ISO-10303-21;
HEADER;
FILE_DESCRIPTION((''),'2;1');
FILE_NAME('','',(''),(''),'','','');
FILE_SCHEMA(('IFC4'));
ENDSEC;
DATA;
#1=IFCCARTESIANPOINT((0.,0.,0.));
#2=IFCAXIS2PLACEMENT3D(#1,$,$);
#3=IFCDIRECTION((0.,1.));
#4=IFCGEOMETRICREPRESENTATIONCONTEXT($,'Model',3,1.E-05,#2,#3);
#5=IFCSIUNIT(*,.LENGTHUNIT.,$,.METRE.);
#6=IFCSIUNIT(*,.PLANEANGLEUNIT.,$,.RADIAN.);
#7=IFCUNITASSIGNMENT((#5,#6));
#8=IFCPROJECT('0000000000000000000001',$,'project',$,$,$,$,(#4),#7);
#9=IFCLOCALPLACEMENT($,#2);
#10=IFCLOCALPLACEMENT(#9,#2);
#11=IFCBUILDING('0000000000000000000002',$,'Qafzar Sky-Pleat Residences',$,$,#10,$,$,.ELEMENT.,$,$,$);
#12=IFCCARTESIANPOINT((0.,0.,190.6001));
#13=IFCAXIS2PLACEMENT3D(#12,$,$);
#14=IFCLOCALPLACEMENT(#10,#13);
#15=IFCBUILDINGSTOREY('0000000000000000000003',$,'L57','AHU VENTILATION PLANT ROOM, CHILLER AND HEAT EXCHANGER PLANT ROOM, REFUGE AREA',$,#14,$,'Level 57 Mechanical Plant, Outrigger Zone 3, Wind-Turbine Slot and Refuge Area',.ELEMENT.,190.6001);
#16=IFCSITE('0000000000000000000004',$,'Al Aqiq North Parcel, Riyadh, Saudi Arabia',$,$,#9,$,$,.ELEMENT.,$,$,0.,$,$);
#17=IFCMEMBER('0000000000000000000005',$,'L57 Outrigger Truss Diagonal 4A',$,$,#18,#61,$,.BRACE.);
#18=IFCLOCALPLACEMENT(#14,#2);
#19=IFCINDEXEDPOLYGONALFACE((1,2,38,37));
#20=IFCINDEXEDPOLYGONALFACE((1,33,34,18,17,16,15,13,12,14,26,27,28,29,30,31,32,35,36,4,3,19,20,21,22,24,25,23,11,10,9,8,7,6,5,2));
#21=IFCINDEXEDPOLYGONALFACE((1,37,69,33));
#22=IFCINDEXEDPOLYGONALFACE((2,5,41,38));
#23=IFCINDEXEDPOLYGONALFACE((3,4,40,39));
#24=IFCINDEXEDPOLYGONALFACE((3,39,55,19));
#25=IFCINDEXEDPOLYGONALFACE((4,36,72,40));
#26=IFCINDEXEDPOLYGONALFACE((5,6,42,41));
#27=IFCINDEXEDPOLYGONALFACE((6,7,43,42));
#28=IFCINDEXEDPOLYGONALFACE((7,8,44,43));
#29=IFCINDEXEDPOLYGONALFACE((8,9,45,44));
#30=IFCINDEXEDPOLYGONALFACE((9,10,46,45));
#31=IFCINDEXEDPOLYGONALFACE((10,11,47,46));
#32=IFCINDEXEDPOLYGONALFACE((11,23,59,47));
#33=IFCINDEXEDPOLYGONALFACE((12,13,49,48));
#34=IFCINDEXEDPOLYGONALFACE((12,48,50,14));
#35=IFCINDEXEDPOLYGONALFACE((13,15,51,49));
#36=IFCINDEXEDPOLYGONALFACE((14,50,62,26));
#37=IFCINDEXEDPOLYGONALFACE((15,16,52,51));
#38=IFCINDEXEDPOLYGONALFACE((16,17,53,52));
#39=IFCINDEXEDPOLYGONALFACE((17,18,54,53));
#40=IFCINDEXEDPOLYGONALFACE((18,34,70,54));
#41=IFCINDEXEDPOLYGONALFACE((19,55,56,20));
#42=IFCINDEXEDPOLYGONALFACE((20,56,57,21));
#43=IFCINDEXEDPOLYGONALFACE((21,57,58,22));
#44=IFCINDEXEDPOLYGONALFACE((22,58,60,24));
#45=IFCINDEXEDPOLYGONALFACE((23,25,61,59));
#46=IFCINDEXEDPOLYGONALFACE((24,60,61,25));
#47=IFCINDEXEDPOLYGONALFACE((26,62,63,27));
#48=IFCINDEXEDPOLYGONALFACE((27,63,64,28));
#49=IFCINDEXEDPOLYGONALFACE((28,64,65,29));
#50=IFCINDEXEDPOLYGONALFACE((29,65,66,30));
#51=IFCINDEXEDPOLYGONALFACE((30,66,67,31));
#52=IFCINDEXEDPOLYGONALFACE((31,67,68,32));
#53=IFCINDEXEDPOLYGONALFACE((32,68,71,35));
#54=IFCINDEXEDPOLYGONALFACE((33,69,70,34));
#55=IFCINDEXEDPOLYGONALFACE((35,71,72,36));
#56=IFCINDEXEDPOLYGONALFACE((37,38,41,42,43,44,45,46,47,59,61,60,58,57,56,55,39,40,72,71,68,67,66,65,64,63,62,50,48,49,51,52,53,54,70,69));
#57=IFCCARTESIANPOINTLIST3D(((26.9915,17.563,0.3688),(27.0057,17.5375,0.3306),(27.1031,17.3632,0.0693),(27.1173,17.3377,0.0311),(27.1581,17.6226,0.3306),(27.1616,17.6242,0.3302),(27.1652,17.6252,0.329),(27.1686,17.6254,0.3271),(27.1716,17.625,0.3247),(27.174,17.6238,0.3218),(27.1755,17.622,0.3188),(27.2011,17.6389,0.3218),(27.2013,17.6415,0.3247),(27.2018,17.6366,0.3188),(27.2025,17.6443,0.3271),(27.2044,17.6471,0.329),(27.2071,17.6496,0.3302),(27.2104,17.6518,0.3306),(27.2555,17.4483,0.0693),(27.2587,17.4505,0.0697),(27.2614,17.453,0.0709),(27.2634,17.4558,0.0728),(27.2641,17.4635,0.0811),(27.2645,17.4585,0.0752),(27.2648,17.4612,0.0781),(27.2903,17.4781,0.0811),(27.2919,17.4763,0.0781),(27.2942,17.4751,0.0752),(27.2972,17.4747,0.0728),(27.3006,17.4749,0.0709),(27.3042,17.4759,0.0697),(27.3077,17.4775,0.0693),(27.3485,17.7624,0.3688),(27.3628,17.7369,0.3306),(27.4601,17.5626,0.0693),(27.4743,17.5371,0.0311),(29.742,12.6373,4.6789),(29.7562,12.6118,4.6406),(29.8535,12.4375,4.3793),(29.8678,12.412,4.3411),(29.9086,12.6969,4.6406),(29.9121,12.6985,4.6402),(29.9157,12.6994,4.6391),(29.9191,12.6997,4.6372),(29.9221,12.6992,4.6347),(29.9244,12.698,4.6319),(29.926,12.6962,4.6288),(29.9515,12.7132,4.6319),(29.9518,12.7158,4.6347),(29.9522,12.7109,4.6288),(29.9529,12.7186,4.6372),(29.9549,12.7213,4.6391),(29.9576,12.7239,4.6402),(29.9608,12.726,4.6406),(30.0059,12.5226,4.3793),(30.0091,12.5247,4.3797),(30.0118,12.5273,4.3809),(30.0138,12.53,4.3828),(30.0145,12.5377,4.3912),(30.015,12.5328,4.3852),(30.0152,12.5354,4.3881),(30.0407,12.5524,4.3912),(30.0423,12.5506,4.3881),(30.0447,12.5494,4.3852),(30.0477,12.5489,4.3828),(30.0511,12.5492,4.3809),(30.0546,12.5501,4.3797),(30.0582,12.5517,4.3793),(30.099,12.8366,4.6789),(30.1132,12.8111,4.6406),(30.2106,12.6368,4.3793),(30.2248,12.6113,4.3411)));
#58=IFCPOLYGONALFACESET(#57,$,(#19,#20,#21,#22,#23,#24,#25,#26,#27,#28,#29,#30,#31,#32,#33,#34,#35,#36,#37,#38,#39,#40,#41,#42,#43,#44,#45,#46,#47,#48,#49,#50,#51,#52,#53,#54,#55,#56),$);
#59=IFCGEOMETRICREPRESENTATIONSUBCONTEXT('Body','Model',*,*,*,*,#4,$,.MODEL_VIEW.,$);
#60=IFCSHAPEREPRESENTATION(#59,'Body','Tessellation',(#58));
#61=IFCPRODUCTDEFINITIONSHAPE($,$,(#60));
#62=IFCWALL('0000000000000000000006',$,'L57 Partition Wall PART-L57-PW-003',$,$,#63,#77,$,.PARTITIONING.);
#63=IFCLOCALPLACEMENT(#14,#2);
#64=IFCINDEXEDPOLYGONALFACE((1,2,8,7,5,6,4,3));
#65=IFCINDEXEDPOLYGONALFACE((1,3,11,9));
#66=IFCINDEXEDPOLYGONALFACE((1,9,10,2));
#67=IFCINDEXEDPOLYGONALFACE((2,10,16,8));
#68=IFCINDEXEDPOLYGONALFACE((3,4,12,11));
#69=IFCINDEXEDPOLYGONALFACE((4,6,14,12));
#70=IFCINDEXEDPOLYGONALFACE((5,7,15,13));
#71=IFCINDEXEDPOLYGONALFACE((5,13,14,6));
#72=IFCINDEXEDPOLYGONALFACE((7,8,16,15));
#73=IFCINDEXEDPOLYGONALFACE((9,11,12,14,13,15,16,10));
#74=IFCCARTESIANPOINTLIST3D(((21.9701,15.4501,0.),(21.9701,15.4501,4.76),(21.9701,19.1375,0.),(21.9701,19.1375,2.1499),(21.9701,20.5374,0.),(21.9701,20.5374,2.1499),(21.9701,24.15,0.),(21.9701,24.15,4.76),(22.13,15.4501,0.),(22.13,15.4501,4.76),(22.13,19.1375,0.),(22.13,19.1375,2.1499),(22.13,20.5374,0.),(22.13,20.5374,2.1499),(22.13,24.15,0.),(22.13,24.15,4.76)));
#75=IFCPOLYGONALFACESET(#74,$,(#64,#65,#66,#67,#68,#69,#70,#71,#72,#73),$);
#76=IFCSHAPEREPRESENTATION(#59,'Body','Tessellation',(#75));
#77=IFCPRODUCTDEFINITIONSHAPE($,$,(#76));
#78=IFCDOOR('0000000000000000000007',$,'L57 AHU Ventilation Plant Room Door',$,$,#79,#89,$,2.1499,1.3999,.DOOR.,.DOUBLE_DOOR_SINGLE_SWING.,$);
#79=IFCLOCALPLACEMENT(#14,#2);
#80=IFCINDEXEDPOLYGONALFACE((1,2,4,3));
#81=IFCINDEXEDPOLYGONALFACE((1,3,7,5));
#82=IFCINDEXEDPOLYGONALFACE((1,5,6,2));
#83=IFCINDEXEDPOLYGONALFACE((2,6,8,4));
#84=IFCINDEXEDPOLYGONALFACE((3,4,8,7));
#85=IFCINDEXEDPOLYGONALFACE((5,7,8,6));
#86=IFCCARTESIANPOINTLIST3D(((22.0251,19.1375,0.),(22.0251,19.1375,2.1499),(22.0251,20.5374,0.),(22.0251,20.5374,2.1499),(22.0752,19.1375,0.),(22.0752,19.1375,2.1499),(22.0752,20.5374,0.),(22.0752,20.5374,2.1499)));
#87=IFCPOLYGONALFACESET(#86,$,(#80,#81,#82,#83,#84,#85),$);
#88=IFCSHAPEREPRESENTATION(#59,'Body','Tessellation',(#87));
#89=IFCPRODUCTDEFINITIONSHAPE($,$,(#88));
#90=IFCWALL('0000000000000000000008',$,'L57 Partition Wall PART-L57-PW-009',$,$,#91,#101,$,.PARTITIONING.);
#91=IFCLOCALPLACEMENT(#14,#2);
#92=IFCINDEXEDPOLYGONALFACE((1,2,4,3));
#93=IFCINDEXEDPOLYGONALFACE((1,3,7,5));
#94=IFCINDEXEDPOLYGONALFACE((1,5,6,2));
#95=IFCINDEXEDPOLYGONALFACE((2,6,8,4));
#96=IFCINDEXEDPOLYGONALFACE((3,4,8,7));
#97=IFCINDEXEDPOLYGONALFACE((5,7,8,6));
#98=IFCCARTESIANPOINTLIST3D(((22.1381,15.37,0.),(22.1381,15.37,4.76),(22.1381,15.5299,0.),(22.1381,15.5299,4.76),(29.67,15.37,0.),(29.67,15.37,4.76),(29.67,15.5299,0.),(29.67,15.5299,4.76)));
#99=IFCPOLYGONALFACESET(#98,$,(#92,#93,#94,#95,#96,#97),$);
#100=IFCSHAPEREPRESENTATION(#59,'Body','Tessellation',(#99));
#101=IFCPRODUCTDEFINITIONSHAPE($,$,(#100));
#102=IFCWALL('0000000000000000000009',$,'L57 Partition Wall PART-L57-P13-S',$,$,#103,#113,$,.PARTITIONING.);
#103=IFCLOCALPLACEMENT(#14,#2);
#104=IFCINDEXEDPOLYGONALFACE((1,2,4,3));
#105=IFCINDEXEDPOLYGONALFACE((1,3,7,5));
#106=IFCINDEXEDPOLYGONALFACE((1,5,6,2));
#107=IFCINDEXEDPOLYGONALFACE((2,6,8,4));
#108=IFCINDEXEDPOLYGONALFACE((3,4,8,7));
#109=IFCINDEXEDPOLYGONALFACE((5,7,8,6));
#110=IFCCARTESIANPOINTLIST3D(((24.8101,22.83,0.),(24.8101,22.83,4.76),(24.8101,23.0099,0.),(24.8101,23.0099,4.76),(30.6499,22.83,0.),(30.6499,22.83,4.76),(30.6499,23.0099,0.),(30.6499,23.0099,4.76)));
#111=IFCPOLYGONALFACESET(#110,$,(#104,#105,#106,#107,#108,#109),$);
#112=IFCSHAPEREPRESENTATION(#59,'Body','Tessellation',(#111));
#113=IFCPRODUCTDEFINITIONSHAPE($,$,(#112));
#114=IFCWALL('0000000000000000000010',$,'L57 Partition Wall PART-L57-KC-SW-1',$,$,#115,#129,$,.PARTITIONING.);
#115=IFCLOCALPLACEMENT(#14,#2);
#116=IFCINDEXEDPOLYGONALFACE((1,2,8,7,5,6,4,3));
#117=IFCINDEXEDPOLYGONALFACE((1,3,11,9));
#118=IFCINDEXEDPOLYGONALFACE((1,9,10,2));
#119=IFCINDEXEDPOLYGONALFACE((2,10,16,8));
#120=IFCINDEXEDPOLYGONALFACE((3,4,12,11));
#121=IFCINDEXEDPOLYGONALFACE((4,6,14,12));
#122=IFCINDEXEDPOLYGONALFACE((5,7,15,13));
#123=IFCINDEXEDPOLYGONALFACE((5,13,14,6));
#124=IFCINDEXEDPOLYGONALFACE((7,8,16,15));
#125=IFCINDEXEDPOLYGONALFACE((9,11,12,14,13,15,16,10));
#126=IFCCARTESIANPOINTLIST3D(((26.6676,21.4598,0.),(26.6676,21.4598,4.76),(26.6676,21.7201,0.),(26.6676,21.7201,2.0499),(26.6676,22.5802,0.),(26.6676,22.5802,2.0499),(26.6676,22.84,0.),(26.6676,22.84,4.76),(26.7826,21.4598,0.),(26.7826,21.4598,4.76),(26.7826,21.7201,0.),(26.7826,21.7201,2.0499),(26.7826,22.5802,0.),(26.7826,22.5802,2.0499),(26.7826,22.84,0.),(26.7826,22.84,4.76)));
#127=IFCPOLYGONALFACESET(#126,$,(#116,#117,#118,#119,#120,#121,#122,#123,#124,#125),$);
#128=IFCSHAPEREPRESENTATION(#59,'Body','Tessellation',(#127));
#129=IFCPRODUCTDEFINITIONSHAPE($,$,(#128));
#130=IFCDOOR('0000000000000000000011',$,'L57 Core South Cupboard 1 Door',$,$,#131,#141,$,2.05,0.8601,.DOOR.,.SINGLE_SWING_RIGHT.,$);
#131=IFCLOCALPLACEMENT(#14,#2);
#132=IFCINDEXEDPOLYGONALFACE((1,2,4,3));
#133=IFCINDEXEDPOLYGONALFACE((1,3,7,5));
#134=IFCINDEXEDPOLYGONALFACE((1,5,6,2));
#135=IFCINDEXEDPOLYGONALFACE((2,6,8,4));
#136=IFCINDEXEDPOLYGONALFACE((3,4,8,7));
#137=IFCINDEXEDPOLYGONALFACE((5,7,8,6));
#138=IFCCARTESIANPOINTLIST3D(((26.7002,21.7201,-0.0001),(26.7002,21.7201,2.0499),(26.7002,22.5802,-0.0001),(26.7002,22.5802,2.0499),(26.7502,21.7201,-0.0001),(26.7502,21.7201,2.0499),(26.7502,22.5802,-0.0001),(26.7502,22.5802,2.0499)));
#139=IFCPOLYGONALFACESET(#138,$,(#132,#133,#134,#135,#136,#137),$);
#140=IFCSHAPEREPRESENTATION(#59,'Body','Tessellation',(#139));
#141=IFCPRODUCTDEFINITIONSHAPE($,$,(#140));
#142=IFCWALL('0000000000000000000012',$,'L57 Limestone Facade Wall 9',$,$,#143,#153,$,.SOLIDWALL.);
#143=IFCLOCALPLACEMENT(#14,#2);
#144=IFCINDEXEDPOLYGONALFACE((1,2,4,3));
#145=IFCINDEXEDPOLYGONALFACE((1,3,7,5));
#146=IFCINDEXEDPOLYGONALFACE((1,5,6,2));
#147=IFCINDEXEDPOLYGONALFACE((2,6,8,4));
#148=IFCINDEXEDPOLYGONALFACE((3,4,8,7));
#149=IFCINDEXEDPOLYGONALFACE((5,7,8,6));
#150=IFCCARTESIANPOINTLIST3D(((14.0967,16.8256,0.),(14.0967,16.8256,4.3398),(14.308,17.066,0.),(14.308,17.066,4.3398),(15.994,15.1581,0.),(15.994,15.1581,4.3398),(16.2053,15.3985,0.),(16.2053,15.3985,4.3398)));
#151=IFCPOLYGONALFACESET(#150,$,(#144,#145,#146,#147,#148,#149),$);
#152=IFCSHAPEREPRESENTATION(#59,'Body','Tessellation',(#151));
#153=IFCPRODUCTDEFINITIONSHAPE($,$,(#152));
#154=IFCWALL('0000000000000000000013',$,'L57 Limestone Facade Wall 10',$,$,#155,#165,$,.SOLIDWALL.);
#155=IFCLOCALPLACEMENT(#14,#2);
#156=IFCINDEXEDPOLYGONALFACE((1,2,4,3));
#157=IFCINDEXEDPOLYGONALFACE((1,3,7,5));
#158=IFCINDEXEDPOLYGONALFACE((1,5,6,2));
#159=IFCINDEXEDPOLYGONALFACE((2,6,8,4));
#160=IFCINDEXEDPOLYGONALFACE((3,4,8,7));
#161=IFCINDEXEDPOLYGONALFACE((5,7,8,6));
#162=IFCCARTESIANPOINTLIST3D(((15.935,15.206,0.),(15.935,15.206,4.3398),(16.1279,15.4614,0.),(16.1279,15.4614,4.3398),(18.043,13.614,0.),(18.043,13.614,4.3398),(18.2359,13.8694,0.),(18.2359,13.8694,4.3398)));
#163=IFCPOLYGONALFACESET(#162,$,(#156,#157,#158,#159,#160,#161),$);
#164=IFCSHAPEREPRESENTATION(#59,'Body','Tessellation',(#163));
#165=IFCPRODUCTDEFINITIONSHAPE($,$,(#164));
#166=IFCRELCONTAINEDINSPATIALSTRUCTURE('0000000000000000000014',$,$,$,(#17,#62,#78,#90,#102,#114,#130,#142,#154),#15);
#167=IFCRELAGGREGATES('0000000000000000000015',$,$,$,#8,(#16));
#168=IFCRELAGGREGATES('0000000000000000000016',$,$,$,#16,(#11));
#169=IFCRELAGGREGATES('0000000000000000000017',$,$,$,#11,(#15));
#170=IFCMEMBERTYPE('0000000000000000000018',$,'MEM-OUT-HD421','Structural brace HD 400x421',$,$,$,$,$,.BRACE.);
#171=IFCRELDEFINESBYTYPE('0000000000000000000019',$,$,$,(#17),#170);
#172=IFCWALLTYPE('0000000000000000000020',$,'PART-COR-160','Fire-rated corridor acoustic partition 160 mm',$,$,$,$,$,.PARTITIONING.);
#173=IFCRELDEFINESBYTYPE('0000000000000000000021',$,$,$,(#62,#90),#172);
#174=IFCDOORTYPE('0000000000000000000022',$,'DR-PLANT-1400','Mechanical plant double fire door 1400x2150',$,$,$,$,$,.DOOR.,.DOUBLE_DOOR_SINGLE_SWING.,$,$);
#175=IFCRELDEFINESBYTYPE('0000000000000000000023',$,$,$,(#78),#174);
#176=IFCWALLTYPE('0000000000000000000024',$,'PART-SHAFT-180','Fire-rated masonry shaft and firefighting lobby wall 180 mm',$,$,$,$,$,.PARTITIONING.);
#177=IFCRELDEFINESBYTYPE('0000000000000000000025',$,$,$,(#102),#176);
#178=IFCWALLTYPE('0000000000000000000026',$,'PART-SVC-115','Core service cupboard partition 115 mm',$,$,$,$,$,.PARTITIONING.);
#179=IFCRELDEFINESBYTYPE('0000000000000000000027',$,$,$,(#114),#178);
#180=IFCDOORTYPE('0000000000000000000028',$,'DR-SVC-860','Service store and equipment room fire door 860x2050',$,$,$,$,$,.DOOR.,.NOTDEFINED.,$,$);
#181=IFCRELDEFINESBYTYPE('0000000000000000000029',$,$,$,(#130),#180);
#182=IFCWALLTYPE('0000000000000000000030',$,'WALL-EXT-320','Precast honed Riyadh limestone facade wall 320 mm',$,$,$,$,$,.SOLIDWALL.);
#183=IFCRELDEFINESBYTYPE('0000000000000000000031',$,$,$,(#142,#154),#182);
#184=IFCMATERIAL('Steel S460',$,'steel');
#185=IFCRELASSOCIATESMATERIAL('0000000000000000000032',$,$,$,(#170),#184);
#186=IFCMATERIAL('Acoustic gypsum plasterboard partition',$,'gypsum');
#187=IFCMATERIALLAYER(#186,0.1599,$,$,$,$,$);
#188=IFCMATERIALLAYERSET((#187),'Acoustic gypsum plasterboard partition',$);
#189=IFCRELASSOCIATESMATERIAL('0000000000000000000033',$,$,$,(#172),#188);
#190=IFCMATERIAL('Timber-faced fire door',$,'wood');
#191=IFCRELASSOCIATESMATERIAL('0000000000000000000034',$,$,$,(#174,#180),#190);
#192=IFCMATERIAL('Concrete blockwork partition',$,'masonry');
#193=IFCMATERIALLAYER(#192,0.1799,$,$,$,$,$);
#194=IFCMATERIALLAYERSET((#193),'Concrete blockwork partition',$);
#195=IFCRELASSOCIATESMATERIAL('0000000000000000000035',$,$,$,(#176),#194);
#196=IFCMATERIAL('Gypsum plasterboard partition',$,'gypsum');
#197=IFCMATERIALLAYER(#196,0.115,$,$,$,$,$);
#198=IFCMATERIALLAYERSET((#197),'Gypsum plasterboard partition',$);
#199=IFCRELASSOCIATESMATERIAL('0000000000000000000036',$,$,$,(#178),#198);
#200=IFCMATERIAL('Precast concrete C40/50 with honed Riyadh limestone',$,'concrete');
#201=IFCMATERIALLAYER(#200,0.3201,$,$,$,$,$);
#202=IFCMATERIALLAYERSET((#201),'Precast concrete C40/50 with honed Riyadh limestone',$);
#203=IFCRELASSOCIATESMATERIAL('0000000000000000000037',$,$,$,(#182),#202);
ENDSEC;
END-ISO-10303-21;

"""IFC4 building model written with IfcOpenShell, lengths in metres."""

from ifc_helpers import new_model, si_unit, direction, frame, frame_2d, origin, origin_2d, place, context, subcontext, project, spatial, rectangle, i_section, extrude, source, transform, mapped, material, layer, layer_set, material_profile, profile_set, type_object, element, fill, save


model = new_model("IFC4")

# Units and contexts
model_context = context("Model", 3, precision=1e-05, world=origin(), true_north=direction((0.0, 1.0)))
body_context = subcontext(model_context, "Body", "Model", "MODEL_VIEW")
ifc_project = project(units=[si_unit("LENGTHUNIT", "METRE"), si_unit("PLANEANGLEUNIT", "RADIAN")], contexts=[model_context])

# Site, building, storey
site_placement = place(None, origin())
site = spatial("IfcSite", under=ifc_project, at=site_placement, Name="Al Aqiq North Parcel, Riyadh, Saudi Arabia", CompositionType="ELEMENT", RefElevation=0.0)
building_placement = place(site_placement, origin())
building = spatial("IfcBuilding", under=site, at=building_placement, Name="Qafzar Sky-Pleat Residences", CompositionType="ELEMENT")
storey_placement = place(building_placement, frame((0.0, 0.0, 190.6001)))
storey = spatial("IfcBuildingStorey", under=building, at=storey_placement, Name="L57", Description="AHU VENTILATION PLANT ROOM, CHILLER AND HEAT EXCHANGER PLANT ROOM, REFUGE AREA", LongName="Level 57 Mechanical Plant, Outrigger Zone 3, Wind-Turbine Slot and Refuge Area", CompositionType="ELEMENT", Elevation=190.6001)

# Member
ifc_material_1 = material(Name="Steel S460", Category="steel")
ifc_material_profile_1 = material_profile(ifc_material_1, i_section(OverallWidth=0.4089, OverallDepth=0.425, WebThickness=0.03, FlangeThickness=0.0481, FilletRadius=0.0149, at=origin_2d()), Name="HD 400x421")
ifc_profile_set_1 = profile_set([ifc_material_profile_1], Name="Steel S460")
member_type = type_object("IfcMemberType", Name="MEM-OUT-HD421", Description="Structural brace HD 400x421", PredefinedType="BRACE", material=ifc_profile_set_1)
shared_shape_1 = source(origin(), body_context, "Body", "SweptSolid", [
    extrude(i_section(OverallWidth=0.4089, OverallDepth=0.425, WebThickness=0.03, FlangeThickness=0.0481, FilletRadius=0.0149, at=origin_2d()), origin(), (0.0, 0.0, 1.0), 7.0996),
])
member_placement = place(storey_placement, frame((27.2329, 17.55, 0.2), z_axis=(0.387411, -0.693806, 0.60708), x_axis=(0.873106, 0.48753, 0.0)))
element("IfcMember", 1, at=member_placement, inside=storey, type_object=member_type, Name="L57 Outrigger Truss Diagonal 4A", PredefinedType="BRACE", context=body_context, shape_type="MappedRepresentation", body=[
    mapped(shared_shape_1, transform((0.0, 0.0, 0.0), x_axis=(1.0, 0.0, 0.0), y_axis=(0.0, 1.0, 0.0), z_axis=(0.0, 0.0, 1.0), scale=1.0)),
])

# Wall, opening, door
ifc_material_2 = material(Name="Acoustic gypsum plasterboard partition", Category="gypsum")
ifc_layer_1 = layer(ifc_material_2, 0.1599)
ifc_layer_set_1 = layer_set([ifc_layer_1], Name="Acoustic gypsum plasterboard partition")
wall_type_1 = type_object("IfcWallType", Name="PART-COR-160", Description="Fire-rated corridor acoustic partition 160 mm", PredefinedType="PARTITIONING", material=ifc_layer_set_1)
wall_1_placement = place(storey_placement, frame((22.05, 15.45, 0.0), z_axis=(0.0, 0.0, 1.0), x_axis=(0.0, 1.0, 0.0)))
wall_1 = element("IfcWall", 2, at=wall_1_placement, inside=storey, type_object=wall_type_1, Name="L57 Partition Wall PART-L57-PW-003", PredefinedType="PARTITIONING", context=body_context, shape_type="SweptSolid", body=[
    extrude(rectangle(XDim=8.7, YDim=0.1599, at=frame_2d((4.3501, 0.0))), origin(), (0.0, 0.0, 1.0), 4.76),
])
opening_1_placement = place(wall_1_placement, frame((3.6875, 0.0, 0.0)))
opening_1 = element("IfcOpeningElement", 3, at=opening_1_placement, cuts=wall_1, PredefinedType="OPENING", context=body_context, shape_type="SweptSolid", body=[
    extrude(rectangle(XDim=1.3999, YDim=2.1499, at=frame_2d((0.7, 1.075))), frame((0.0, 0.0898, 0.0), z_axis=(0.0, -1.0, 0.0), x_axis=(1.0, 0.0, 0.0)), (0.0, 0.0, 1.0), 0.1799),
])
ifc_material_3 = material(Name="Timber-faced fire door", Category="wood")
door_type_1 = type_object("IfcDoorType", Name="DR-PLANT-1400", Description="Mechanical plant double fire door 1400x2150", OperationType="DOUBLE_DOOR_SINGLE_SWING", PredefinedType="DOOR", material=ifc_material_3)
shared_shape_2 = source(origin(), body_context, "Body", "SweptSolid", [
    extrude(rectangle(XDim=1.3999, YDim=2.1499, at=frame_2d((0.7, 1.075))), frame((0.0, 0.0249, 0.0), z_axis=(0.0, -1.0, 0.0), x_axis=(1.0, 0.0, 0.0)), (0.0, 0.0, 1.0), 0.05),
])
door_1_placement = place(opening_1_placement, origin())
door_1 = element("IfcDoor", 4, at=door_1_placement, inside=storey, type_object=door_type_1, Name="L57 AHU Ventilation Plant Room Door", OperationType="DOUBLE_DOOR_SINGLE_SWING", OverallHeight=2.1499, OverallWidth=1.3999, PredefinedType="DOOR", context=body_context, shape_type="MappedRepresentation", body=[
    mapped(shared_shape_2, transform((0.0, 0.0, 0.0), x_axis=(1.0, 0.0, 0.0), y_axis=(0.0, 1.0, 0.0), z_axis=(0.0, 0.0, 1.0), scale=1.0)),
])
fill(opening_1, door_1)

# Walls
wall_2_placement = place(storey_placement, frame((22.1379, 15.45, 0.0), z_axis=(0.0, 0.0, 1.0), x_axis=(1.0, 0.0, 0.0)))
element("IfcWall", 5, at=wall_2_placement, inside=storey, type_object=wall_type_1, Name="L57 Partition Wall PART-L57-PW-009", PredefinedType="PARTITIONING", context=body_context, shape_type="SweptSolid", body=[
    extrude(rectangle(XDim=7.532, YDim=0.1599, at=frame_2d((3.7661, 0.0))), origin(), (0.0, 0.0, 1.0), 4.76),
])
ifc_material_4 = material(Name="Concrete blockwork partition", Category="masonry")
ifc_layer_2 = layer(ifc_material_4, 0.1799)
ifc_layer_set_2 = layer_set([ifc_layer_2], Name="Concrete blockwork partition")
wall_type_2 = type_object("IfcWallType", Name="PART-SHAFT-180", Description="Fire-rated masonry shaft and firefighting lobby wall 180 mm", PredefinedType="PARTITIONING", material=ifc_layer_set_2)
wall_3_placement = place(storey_placement, frame((24.8101, 22.9199, 0.0), z_axis=(0.0, 0.0, 1.0), x_axis=(1.0, 0.0, 0.0)))
element("IfcWall", 6, at=wall_3_placement, inside=storey, type_object=wall_type_2, Name="L57 Partition Wall PART-L57-P13-S", PredefinedType="PARTITIONING", context=body_context, shape_type="SweptSolid", body=[
    extrude(rectangle(XDim=5.8398, YDim=0.1799, at=frame_2d((2.9199, 0.0))), origin(), (0.0, 0.0, 1.0), 4.76),
])

# Wall, opening, door
ifc_material_5 = material(Name="Gypsum plasterboard partition", Category="gypsum")
ifc_layer_3 = layer(ifc_material_5, 0.115)
ifc_layer_set_3 = layer_set([ifc_layer_3], Name="Gypsum plasterboard partition")
wall_type_3 = type_object("IfcWallType", Name="PART-SVC-115", Description="Core service cupboard partition 115 mm", PredefinedType="PARTITIONING", material=ifc_layer_set_3)
wall_4_placement = place(storey_placement, frame((26.7251, 21.46, 0.0), z_axis=(0.0, 0.0, 1.0), x_axis=(0.0, 1.0, 0.0)))
wall_4 = element("IfcWall", 7, at=wall_4_placement, inside=storey, type_object=wall_type_3, Name="L57 Partition Wall PART-L57-KC-SW-1", PredefinedType="PARTITIONING", context=body_context, shape_type="SweptSolid", body=[
    extrude(rectangle(XDim=1.3801, YDim=0.115, at=frame_2d((0.6899, 0.0))), origin(), (0.0, 0.0, 1.0), 4.76),
])
opening_2_placement = place(wall_4_placement, frame((0.26, 0.0, 0.0)))
opening_2 = element("IfcOpeningElement", 8, at=opening_2_placement, cuts=wall_4, PredefinedType="OPENING", context=body_context, shape_type="SweptSolid", body=[
    extrude(rectangle(XDim=0.8601, YDim=2.05, at=frame_2d((0.4302, 1.0249))), frame((0.0, 0.0674, 0.0), z_axis=(0.0, -1.0, 0.0), x_axis=(1.0, 0.0, 0.0)), (0.0, 0.0, 1.0), 0.135),
])
door_type_2 = type_object("IfcDoorType", Name="DR-SVC-860", Description="Service store and equipment room fire door 860x2050", OperationType="NOTDEFINED", PredefinedType="DOOR", material=ifc_material_3)
shared_shape_3 = source(origin(), body_context, "Body", "SweptSolid", [
    extrude(rectangle(XDim=0.8601, YDim=2.05, at=frame_2d((0.4302, 1.0249))), frame((0.0, 0.0249, 0.0), z_axis=(0.0, -1.0, 0.0), x_axis=(1.0, 0.0, 0.0)), (0.0, 0.0, 1.0), 0.05),
])
door_2_placement = place(opening_2_placement, origin())
door_2 = element("IfcDoor", 9, at=door_2_placement, inside=storey, type_object=door_type_2, Name="L57 Core South Cupboard 1 Door", OperationType="SINGLE_SWING_RIGHT", OverallHeight=2.05, OverallWidth=0.8601, PredefinedType="DOOR", context=body_context, shape_type="MappedRepresentation", body=[
    mapped(shared_shape_3, transform((0.0, 0.0, 0.0), x_axis=(1.0, 0.0, 0.0), y_axis=(0.0, 1.0, 0.0), z_axis=(0.0, 0.0, 1.0), scale=1.0)),
])
fill(opening_2, door_2)

# Walls
ifc_material_6 = material(Name="Precast concrete C40/50 with honed Riyadh limestone", Category="concrete")
ifc_layer_4 = layer(ifc_material_6, 0.3201)
ifc_layer_set_4 = layer_set([ifc_layer_4], Name="Precast concrete C40/50 with honed Riyadh limestone")
wall_type_4 = type_object("IfcWallType", Name="WALL-EXT-320", Description="Precast honed Riyadh limestone facade wall 320 mm", PredefinedType="SOLIDWALL", material=ifc_layer_set_4)
wall_5_placement = place(storey_placement, frame((14.2024, 16.9458, 0.0), z_axis=(0.0, 0.0, 1.0), x_axis=(0.75112, -0.660166, 0.0)))
element("IfcWall", 10, at=wall_5_placement, inside=storey, type_object=wall_type_4, Name="L57 Limestone Facade Wall 9", PredefinedType="SOLIDWALL", context=body_context, shape_type="SweptSolid", body=[
    extrude(rectangle(XDim=2.5259, YDim=0.3201, at=frame_2d((1.2629, 0.0))), origin(), (0.0, 0.0, 1.0), 4.3398),
])
wall_6_placement = place(storey_placement, frame((16.0315, 15.3337, 0.0), z_axis=(0.0, 0.0, 1.0), x_axis=(0.797977, -0.602688, 0.0)))
element("IfcWall", 11, at=wall_6_placement, inside=storey, type_object=wall_type_4, Name="L57 Limestone Facade Wall 10", PredefinedType="SOLIDWALL", context=body_context, shape_type="SweptSolid", body=[
    extrude(rectangle(XDim=2.6416, YDim=0.3201, at=frame_2d((1.3208, 0.0))), origin(), (0.0, 0.0, 1.0), 4.3398),
])

save(model, "model.ifc")
